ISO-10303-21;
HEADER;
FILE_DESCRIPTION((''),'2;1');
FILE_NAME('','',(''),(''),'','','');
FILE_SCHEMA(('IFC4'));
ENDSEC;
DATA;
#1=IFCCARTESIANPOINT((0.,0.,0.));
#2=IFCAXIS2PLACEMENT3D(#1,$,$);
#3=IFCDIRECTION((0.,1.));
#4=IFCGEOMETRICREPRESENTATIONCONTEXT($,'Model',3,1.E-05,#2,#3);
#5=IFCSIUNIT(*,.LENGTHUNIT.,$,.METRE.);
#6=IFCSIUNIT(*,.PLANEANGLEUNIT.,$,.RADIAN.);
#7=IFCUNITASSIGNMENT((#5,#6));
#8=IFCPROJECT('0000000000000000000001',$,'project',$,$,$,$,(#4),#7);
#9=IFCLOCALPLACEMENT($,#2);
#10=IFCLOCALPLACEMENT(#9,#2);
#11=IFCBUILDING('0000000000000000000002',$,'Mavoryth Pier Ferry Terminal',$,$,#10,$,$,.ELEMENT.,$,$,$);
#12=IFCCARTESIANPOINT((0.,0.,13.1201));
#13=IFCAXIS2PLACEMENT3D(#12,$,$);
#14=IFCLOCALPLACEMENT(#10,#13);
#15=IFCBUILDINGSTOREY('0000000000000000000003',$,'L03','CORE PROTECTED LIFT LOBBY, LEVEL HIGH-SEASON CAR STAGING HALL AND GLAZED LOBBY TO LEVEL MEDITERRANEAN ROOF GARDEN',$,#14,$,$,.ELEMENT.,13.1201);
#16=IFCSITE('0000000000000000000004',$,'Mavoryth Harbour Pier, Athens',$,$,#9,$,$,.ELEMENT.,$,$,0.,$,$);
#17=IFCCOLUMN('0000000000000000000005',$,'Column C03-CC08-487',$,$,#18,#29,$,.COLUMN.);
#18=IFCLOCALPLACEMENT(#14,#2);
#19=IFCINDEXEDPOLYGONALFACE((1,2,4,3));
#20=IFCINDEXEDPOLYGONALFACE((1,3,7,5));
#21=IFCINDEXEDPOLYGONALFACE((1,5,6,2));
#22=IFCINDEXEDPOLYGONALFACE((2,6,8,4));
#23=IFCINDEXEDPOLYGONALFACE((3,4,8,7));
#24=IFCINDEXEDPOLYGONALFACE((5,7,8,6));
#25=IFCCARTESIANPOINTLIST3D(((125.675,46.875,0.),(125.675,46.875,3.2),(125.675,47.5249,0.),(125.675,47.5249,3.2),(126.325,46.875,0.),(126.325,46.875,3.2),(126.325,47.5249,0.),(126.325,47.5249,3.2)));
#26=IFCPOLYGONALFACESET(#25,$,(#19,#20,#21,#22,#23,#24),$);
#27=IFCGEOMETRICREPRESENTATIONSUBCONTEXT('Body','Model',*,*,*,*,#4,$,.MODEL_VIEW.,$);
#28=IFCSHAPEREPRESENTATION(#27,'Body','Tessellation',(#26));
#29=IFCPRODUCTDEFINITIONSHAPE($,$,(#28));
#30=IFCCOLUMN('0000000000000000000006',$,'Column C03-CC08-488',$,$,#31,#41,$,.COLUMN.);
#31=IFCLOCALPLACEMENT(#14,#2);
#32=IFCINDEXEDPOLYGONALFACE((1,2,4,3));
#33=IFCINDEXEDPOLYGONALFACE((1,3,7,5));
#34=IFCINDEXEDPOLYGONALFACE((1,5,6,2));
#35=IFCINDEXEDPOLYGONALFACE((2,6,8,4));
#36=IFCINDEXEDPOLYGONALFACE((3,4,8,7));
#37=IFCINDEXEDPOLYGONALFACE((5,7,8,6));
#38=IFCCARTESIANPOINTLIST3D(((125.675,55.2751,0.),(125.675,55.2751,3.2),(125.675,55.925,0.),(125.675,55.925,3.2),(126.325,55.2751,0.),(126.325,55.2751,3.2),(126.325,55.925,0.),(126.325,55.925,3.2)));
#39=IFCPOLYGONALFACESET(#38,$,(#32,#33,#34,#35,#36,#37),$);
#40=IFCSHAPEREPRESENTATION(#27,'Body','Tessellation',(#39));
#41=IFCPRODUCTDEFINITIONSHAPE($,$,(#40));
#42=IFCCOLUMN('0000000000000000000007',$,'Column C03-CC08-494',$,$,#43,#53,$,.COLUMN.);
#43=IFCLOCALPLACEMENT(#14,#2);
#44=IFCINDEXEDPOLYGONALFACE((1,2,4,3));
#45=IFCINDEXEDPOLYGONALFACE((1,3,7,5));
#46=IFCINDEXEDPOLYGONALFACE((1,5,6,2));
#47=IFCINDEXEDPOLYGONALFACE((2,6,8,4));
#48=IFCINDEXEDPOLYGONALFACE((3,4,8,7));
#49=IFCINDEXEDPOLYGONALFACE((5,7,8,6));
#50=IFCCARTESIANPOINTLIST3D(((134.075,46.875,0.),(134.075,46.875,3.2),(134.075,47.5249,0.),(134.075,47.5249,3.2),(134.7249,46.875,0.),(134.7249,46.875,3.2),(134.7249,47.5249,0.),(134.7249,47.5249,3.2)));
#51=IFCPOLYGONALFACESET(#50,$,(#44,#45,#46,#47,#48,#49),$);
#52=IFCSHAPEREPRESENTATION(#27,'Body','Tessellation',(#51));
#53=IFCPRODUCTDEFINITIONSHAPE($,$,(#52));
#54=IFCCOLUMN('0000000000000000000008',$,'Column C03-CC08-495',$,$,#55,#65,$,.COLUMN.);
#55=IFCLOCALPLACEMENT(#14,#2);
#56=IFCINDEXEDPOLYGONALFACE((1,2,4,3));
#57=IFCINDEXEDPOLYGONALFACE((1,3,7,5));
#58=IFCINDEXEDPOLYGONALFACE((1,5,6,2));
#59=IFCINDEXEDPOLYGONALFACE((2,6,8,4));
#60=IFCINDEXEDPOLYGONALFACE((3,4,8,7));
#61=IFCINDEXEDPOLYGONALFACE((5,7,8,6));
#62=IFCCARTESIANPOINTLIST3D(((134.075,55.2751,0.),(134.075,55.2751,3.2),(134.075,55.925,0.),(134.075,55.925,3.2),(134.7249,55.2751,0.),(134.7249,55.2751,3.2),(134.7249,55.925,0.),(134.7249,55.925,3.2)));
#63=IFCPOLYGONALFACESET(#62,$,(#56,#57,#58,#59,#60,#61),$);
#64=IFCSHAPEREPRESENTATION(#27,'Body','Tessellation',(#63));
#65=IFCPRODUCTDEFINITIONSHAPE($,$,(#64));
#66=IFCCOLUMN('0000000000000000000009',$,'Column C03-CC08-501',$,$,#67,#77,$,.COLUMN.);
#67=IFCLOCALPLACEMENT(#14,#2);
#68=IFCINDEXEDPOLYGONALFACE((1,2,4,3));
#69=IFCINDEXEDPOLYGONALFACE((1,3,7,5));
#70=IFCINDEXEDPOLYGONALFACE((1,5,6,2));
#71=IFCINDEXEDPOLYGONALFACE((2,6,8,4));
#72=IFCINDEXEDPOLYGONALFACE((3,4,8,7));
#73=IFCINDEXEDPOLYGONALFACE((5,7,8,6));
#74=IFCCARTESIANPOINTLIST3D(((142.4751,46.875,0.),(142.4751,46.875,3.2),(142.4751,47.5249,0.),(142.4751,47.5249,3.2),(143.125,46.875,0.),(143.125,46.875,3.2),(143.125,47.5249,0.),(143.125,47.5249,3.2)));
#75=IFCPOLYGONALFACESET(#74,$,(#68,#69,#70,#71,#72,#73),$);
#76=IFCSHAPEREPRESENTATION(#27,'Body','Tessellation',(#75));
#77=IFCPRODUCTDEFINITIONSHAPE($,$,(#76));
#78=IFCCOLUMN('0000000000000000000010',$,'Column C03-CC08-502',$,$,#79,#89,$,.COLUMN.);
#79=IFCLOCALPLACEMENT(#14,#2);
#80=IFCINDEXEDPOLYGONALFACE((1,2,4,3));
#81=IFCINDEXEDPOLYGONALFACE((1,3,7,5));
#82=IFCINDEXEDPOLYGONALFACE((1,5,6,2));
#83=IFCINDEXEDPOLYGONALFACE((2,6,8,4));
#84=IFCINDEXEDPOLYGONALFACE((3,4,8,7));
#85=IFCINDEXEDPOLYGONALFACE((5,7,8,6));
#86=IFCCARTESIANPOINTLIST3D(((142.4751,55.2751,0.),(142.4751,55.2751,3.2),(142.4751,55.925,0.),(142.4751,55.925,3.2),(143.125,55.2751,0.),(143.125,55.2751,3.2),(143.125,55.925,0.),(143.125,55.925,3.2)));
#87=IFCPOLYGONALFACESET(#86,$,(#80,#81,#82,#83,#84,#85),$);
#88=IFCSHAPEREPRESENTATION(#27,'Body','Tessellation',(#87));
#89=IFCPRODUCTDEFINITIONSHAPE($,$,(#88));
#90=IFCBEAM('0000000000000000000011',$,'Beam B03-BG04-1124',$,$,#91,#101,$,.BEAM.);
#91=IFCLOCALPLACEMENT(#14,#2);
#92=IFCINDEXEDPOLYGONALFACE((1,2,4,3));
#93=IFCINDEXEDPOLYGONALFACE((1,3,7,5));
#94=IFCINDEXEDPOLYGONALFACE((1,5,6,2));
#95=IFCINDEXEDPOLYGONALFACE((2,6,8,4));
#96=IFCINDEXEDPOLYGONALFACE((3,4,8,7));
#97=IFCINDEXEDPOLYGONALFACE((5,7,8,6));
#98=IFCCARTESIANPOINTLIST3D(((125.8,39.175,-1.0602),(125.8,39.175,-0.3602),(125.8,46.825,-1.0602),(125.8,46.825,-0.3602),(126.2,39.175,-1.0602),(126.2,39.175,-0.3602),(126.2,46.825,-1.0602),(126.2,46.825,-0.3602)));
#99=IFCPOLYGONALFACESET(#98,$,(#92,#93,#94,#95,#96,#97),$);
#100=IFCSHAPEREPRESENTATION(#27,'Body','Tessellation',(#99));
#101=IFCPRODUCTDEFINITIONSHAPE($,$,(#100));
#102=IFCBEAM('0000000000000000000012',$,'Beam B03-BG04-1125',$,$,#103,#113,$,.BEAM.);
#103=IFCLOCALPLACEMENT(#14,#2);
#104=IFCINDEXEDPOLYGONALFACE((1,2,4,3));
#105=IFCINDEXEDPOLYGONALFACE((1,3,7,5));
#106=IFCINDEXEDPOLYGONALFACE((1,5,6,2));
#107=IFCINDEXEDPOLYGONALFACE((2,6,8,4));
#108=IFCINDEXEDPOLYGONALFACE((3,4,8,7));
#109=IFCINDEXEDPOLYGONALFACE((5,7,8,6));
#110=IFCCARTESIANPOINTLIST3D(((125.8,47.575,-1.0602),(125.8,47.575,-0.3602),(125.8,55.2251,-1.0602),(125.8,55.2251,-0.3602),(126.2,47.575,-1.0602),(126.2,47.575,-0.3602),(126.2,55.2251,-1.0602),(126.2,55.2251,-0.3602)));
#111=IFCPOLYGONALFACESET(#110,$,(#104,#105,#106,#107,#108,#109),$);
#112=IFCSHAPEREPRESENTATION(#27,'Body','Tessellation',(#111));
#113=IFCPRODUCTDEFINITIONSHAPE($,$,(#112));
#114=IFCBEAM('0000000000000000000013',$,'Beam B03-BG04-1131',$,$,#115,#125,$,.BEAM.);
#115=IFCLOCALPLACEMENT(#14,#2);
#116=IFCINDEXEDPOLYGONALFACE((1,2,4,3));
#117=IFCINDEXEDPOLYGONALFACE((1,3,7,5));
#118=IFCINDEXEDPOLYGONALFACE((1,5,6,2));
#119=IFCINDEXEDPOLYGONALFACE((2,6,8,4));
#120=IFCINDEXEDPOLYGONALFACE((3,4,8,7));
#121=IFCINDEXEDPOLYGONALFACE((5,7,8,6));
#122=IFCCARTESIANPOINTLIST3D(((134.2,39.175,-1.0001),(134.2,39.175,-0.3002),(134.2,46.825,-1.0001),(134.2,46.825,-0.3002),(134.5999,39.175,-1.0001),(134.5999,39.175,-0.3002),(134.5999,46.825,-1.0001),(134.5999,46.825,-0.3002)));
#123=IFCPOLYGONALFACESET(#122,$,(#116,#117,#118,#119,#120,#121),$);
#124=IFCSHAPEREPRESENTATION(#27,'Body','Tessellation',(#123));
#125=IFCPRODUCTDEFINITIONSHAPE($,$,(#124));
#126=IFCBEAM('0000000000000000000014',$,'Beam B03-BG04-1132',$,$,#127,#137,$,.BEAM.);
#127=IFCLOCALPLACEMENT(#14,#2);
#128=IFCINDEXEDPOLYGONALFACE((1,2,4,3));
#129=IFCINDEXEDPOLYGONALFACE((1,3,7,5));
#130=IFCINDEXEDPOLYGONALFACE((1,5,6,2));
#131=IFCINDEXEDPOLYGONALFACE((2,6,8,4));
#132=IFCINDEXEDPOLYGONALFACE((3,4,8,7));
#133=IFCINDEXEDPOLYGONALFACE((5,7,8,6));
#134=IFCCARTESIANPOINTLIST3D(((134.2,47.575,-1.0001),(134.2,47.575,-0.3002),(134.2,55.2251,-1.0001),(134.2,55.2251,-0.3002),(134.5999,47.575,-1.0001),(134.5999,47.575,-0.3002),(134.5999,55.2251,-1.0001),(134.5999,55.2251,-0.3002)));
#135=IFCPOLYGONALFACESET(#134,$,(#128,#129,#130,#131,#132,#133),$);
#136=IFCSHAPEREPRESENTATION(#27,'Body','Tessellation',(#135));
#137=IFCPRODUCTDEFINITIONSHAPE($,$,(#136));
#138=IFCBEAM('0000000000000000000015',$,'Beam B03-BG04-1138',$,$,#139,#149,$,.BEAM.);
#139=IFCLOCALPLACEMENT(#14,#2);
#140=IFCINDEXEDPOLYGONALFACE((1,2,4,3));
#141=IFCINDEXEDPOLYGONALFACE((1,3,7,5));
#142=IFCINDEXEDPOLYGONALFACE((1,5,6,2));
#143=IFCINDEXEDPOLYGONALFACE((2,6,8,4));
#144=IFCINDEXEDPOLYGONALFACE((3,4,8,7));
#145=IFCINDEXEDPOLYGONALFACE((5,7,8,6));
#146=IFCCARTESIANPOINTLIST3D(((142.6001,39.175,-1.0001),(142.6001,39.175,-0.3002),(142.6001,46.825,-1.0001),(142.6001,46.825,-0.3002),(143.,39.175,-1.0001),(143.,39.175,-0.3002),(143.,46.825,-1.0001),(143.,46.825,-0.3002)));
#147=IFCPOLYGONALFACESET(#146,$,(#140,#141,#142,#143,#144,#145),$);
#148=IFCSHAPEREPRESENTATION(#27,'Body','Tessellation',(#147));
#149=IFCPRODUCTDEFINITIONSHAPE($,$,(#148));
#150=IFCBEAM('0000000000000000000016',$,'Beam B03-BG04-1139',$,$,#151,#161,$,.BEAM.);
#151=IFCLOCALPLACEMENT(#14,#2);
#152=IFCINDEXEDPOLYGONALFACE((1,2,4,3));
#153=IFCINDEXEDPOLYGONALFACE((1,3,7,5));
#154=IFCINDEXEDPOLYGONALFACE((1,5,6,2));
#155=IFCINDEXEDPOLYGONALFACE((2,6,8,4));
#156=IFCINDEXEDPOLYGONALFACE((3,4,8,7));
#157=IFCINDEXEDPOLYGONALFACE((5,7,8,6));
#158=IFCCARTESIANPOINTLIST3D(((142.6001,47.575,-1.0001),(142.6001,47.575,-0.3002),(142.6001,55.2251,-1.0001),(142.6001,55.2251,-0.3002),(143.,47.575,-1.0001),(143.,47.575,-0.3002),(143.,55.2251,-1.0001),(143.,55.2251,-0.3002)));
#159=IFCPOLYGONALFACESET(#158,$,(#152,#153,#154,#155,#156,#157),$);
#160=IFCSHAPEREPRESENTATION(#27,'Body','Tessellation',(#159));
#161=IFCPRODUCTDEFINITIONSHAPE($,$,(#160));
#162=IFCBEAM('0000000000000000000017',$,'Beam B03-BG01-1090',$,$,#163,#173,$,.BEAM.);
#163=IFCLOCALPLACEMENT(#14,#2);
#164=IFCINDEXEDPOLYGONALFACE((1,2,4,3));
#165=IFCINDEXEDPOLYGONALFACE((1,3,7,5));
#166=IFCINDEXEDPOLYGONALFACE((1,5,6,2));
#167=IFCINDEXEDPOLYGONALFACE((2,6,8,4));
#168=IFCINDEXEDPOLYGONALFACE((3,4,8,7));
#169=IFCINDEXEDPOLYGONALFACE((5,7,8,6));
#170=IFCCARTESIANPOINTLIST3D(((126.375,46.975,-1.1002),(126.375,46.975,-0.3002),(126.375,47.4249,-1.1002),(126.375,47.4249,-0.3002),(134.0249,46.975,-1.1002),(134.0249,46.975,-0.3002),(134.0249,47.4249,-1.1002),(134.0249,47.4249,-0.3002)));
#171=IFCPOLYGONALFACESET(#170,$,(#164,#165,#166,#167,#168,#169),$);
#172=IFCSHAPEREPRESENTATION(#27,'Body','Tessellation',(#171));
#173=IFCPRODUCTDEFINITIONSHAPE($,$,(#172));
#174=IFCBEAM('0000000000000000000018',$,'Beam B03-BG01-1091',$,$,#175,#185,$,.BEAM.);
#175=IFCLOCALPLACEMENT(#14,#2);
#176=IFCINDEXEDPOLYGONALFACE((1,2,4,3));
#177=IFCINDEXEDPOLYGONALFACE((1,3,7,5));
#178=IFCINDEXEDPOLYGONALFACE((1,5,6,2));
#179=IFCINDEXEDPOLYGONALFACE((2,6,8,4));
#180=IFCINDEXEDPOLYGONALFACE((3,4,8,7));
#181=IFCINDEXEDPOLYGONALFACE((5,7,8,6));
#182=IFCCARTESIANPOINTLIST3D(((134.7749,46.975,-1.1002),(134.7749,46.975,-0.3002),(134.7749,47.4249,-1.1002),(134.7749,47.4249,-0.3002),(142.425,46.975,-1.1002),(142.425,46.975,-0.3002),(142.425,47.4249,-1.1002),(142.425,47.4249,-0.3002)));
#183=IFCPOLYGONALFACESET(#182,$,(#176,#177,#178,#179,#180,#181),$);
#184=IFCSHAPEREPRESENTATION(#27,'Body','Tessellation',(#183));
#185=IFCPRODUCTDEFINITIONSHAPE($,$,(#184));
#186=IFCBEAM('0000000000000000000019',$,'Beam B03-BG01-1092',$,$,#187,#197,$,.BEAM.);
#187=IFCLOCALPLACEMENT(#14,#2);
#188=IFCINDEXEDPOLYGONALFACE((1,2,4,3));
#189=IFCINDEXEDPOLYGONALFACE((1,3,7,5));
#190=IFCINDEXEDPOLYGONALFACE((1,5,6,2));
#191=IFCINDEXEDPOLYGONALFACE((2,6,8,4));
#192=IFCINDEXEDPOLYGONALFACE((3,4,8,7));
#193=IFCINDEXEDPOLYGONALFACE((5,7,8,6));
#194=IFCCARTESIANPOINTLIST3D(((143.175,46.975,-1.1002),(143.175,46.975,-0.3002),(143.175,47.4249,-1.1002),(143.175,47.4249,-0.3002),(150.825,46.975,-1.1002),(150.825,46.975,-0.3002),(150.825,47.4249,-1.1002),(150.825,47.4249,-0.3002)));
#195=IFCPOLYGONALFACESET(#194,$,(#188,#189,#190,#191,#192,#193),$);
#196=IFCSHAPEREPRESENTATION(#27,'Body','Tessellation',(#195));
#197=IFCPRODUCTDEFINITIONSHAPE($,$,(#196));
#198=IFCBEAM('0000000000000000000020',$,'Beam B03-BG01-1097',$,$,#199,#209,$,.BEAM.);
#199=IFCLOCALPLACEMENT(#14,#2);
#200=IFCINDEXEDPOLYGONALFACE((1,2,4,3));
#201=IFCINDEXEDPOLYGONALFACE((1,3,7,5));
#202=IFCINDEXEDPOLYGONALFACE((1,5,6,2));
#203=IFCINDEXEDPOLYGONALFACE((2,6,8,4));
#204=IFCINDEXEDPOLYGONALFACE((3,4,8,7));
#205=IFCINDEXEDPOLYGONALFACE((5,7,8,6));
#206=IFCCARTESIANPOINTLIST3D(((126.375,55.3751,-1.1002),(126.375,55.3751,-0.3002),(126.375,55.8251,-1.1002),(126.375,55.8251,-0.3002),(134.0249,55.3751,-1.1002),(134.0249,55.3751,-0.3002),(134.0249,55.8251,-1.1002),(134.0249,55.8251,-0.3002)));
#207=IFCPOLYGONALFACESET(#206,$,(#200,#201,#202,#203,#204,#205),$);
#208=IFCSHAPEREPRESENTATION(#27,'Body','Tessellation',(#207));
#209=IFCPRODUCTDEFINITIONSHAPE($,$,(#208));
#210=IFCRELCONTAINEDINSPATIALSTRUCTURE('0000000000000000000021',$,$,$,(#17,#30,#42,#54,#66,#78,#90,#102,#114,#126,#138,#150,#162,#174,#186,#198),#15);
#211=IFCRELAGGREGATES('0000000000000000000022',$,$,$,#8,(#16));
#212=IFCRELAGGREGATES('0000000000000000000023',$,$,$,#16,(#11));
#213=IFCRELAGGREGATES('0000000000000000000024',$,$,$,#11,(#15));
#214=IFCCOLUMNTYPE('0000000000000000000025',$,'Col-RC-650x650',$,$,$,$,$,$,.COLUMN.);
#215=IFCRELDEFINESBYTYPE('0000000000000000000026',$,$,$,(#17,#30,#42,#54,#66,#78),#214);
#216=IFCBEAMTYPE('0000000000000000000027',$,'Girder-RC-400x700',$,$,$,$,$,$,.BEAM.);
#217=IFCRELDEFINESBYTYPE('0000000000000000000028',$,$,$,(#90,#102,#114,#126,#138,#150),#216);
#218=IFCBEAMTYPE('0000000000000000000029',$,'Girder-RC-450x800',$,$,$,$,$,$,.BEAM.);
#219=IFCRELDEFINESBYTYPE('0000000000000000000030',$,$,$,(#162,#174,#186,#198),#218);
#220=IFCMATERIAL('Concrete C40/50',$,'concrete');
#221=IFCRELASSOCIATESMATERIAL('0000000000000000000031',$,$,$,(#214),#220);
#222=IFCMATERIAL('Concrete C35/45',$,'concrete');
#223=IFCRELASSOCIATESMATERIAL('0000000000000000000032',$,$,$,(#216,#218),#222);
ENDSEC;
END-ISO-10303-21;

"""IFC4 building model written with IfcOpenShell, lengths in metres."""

from ifc_helpers import new_model, si_unit, direction, frame, origin, origin_2d, place, context, subcontext, project, spatial, rectangle, extrude, material, material_profile, profile_set, type_object, element, save


model = new_model("IFC4")

# Units and contexts
model_context = context("Model", 3, precision=1e-05, world=origin(), true_north=direction((0.0, 1.0)))
body_context = subcontext(model_context, "Body", "Model", "MODEL_VIEW")
ifc_project = project(units=[si_unit("LENGTHUNIT", "METRE"), si_unit("PLANEANGLEUNIT", "RADIAN")], contexts=[model_context])

# Site, building, storey
site_placement = place(None, origin())
site = spatial("IfcSite", under=ifc_project, at=site_placement, Name="Mavoryth Harbour Pier, Athens", CompositionType="ELEMENT", RefElevation=0.0)
building_placement = place(site_placement, origin())
building = spatial("IfcBuilding", under=site, at=building_placement, Name="Mavoryth Pier Ferry Terminal", CompositionType="ELEMENT")
storey_placement = place(building_placement, frame((0.0, 0.0, 13.1201)))
storey = spatial("IfcBuildingStorey", under=building, at=storey_placement, Name="L03", Description="CORE PROTECTED LIFT LOBBY, LEVEL HIGH-SEASON CAR STAGING HALL AND GLAZED LOBBY TO LEVEL MEDITERRANEAN ROOF GARDEN", CompositionType="ELEMENT", Elevation=13.1201)

# Columns
ifc_material_1 = material(Name="Concrete C40/50", Category="concrete")
ifc_material_profile_1 = material_profile(ifc_material_1, rectangle(XDim=0.6499, YDim=0.6499, at=origin_2d()), Name="RC 650x650", Category="concrete")
ifc_profile_set_1 = profile_set([ifc_material_profile_1], Name="Concrete C40/50 - RC 650x650")
column_type = type_object("IfcColumnType", Name="Col-RC-650x650", PredefinedType="COLUMN", material=ifc_profile_set_1)
for number, where, z_axis, x_axis, name in (
    (1, (126.0, 47.2, 0.0), (0.0, 0.0, 1.0), (1.0, 0.0, 0.0), "Column C03-CC08-487"),
    (2, (126.0, 55.6001, 0.0), (0.0, 0.0, 1.0), (1.0, 0.0, 0.0), "Column C03-CC08-488"),
    (3, (134.3999, 47.2, 0.0), (0.0, 0.0, 1.0), (1.0, 0.0, 0.0), "Column C03-CC08-494"),
    (4, (134.3999, 55.6001, 0.0), (0.0, 0.0, 1.0), (1.0, 0.0, 0.0), "Column C03-CC08-495"),
    (5, (142.8, 47.2, 0.0), (0.0, 0.0, 1.0), (1.0, 0.0, 0.0), "Column C03-CC08-501"),
    (6, (142.8, 55.6001, 0.0), (0.0, 0.0, 1.0), (1.0, 0.0, 0.0), "Column C03-CC08-502"),
):
    element("IfcColumn", number, at=place(storey_placement, frame(where, z_axis=z_axis, x_axis=x_axis)), inside=storey, type_object=column_type, Name=name, PredefinedType="COLUMN", context=body_context, shape_type="SweptSolid", body=[
        extrude(rectangle(XDim=0.6499, YDim=0.6499, at=origin_2d()), origin(), (0.0, 0.0, 1.0), 3.2),
    ])

# Beams
ifc_material_2 = material(Name="Concrete C35/45", Category="concrete")
ifc_material_profile_2 = material_profile(ifc_material_2, rectangle(XDim=0.3999, YDim=0.7, at=origin_2d()), Name="RC 400x700", Category="concrete")
ifc_profile_set_2 = profile_set([ifc_material_profile_2], Name="Concrete C35/45 - RC 400x700")
beam_type_1 = type_object("IfcBeamType", Name="Girder-RC-400x700", PredefinedType="BEAM", material=ifc_profile_set_2)
beam_1_placement = place(storey_placement, frame((126.0, 39.175, -0.7102), z_axis=(0.0, 1.0, 0.0), x_axis=(-1.0, 0.0, 0.0)))
element("IfcBeam", 7, at=beam_1_placement, inside=storey, type_object=beam_type_1, Name="Beam B03-BG04-1124", PredefinedType="BEAM", context=body_context, shape_type="SweptSolid", body=[
    extrude(rectangle(XDim=0.3999, YDim=0.7, at=origin_2d()), origin(), (0.0, 0.0, 1.0), 7.6499),
])
beam_2_placement = place(storey_placement, frame((126.0, 47.575, -0.7102), z_axis=(0.0, 1.0, 0.0), x_axis=(-1.0, 0.0, 0.0)))
element("IfcBeam", 8, at=beam_2_placement, inside=storey, type_object=beam_type_1, Name="Beam B03-BG04-1125", PredefinedType="BEAM", context=body_context, shape_type="SweptSolid", body=[
    extrude(rectangle(XDim=0.3999, YDim=0.7, at=origin_2d()), origin(), (0.0, 0.0, 1.0), 7.6501),
])
beam_3_placement = place(storey_placement, frame((134.3999, 39.175, -0.6501), z_axis=(0.0, 1.0, 0.0), x_axis=(-1.0, 0.0, 0.0)))
element("IfcBeam", 9, at=beam_3_placement, inside=storey, type_object=beam_type_1, Name="Beam B03-BG04-1131", PredefinedType="BEAM", context=body_context, shape_type="SweptSolid", body=[
    extrude(rectangle(XDim=0.3999, YDim=0.7, at=origin_2d()), origin(), (0.0, 0.0, 1.0), 7.6499),
])
beam_4_placement = place(storey_placement, frame((134.3999, 47.575, -0.6501), z_axis=(0.0, 1.0, 0.0), x_axis=(-1.0, 0.0, 0.0)))
element("IfcBeam", 10, at=beam_4_placement, inside=storey, type_object=beam_type_1, Name="Beam B03-BG04-1132", PredefinedType="BEAM", context=body_context, shape_type="SweptSolid", body=[
    extrude(rectangle(XDim=0.3999, YDim=0.7, at=origin_2d()), origin(), (0.0, 0.0, 1.0), 7.6501),
])
beam_5_placement = place(storey_placement, frame((142.8, 39.175, -0.6501), z_axis=(0.0, 1.0, 0.0), x_axis=(-1.0, 0.0, 0.0)))
element("IfcBeam", 11, at=beam_5_placement, inside=storey, type_object=beam_type_1, Name="Beam B03-BG04-1138", PredefinedType="BEAM", context=body_context, shape_type="SweptSolid", body=[
    extrude(rectangle(XDim=0.3999, YDim=0.7, at=origin_2d()), origin(), (0.0, 0.0, 1.0), 7.6499),
])
beam_6_placement = place(storey_placement, frame((142.8, 47.575, -0.6501), z_axis=(0.0, 1.0, 0.0), x_axis=(-1.0, 0.0, 0.0)))
element("IfcBeam", 12, at=beam_6_placement, inside=storey, type_object=beam_type_1, Name="Beam B03-BG04-1139", PredefinedType="BEAM", context=body_context, shape_type="SweptSolid", body=[
    extrude(rectangle(XDim=0.3999, YDim=0.7, at=origin_2d()), origin(), (0.0, 0.0, 1.0), 7.6501),
])
ifc_material_profile_3 = material_profile(ifc_material_2, rectangle(XDim=0.45, YDim=0.8, at=origin_2d()), Name="RC 450x800", Category="concrete")
ifc_profile_set_3 = profile_set([ifc_material_profile_3], Name="Concrete C35/45 - RC 450x800")
beam_type_2 = type_object("IfcBeamType", Name="Girder-RC-450x800", PredefinedType="BEAM", material=ifc_profile_set_3)
beam_7_placement = place(storey_placement, frame((126.375, 47.2, -0.7002), z_axis=(1.0, 0.0, 0.0), x_axis=(0.0, 1.0, 0.0)))
element("IfcBeam", 13, at=beam_7_placement, inside=storey, type_object=beam_type_2, Name="Beam B03-BG01-1090", PredefinedType="BEAM", context=body_context, shape_type="SweptSolid", body=[
    extrude(rectangle(XDim=0.45, YDim=0.8, at=origin_2d()), origin(), (0.0, 0.0, 1.0), 7.6499),
])
beam_8_placement = place(storey_placement, frame((134.7749, 47.2, -0.7002), z_axis=(1.0, 0.0, 0.0), x_axis=(0.0, 1.0, 0.0)))
element("IfcBeam", 14, at=beam_8_placement, inside=storey, type_object=beam_type_2, Name="Beam B03-BG01-1091", PredefinedType="BEAM", context=body_context, shape_type="SweptSolid", body=[
    extrude(rectangle(XDim=0.45, YDim=0.8, at=origin_2d()), origin(), (0.0, 0.0, 1.0), 7.6501),
])
for number, where, z_axis, x_axis, name in (
    (15, (143.175, 47.2, -0.7002), (1.0, 0.0, 0.0), (0.0, 1.0, 0.0), "Beam B03-BG01-1092"),
    (16, (126.375, 55.6001, -0.7002), (1.0, 0.0, 0.0), (0.0, 1.0, 0.0), "Beam B03-BG01-1097"),
):
    element("IfcBeam", number, at=place(storey_placement, frame(where, z_axis=z_axis, x_axis=x_axis)), inside=storey, type_object=beam_type_2, Name=name, PredefinedType="BEAM", context=body_context, shape_type="SweptSolid", body=[
        extrude(rectangle(XDim=0.45, YDim=0.8, at=origin_2d()), origin(), (0.0, 0.0, 1.0), 7.6499),
    ])

save(model, "model.ifc")
